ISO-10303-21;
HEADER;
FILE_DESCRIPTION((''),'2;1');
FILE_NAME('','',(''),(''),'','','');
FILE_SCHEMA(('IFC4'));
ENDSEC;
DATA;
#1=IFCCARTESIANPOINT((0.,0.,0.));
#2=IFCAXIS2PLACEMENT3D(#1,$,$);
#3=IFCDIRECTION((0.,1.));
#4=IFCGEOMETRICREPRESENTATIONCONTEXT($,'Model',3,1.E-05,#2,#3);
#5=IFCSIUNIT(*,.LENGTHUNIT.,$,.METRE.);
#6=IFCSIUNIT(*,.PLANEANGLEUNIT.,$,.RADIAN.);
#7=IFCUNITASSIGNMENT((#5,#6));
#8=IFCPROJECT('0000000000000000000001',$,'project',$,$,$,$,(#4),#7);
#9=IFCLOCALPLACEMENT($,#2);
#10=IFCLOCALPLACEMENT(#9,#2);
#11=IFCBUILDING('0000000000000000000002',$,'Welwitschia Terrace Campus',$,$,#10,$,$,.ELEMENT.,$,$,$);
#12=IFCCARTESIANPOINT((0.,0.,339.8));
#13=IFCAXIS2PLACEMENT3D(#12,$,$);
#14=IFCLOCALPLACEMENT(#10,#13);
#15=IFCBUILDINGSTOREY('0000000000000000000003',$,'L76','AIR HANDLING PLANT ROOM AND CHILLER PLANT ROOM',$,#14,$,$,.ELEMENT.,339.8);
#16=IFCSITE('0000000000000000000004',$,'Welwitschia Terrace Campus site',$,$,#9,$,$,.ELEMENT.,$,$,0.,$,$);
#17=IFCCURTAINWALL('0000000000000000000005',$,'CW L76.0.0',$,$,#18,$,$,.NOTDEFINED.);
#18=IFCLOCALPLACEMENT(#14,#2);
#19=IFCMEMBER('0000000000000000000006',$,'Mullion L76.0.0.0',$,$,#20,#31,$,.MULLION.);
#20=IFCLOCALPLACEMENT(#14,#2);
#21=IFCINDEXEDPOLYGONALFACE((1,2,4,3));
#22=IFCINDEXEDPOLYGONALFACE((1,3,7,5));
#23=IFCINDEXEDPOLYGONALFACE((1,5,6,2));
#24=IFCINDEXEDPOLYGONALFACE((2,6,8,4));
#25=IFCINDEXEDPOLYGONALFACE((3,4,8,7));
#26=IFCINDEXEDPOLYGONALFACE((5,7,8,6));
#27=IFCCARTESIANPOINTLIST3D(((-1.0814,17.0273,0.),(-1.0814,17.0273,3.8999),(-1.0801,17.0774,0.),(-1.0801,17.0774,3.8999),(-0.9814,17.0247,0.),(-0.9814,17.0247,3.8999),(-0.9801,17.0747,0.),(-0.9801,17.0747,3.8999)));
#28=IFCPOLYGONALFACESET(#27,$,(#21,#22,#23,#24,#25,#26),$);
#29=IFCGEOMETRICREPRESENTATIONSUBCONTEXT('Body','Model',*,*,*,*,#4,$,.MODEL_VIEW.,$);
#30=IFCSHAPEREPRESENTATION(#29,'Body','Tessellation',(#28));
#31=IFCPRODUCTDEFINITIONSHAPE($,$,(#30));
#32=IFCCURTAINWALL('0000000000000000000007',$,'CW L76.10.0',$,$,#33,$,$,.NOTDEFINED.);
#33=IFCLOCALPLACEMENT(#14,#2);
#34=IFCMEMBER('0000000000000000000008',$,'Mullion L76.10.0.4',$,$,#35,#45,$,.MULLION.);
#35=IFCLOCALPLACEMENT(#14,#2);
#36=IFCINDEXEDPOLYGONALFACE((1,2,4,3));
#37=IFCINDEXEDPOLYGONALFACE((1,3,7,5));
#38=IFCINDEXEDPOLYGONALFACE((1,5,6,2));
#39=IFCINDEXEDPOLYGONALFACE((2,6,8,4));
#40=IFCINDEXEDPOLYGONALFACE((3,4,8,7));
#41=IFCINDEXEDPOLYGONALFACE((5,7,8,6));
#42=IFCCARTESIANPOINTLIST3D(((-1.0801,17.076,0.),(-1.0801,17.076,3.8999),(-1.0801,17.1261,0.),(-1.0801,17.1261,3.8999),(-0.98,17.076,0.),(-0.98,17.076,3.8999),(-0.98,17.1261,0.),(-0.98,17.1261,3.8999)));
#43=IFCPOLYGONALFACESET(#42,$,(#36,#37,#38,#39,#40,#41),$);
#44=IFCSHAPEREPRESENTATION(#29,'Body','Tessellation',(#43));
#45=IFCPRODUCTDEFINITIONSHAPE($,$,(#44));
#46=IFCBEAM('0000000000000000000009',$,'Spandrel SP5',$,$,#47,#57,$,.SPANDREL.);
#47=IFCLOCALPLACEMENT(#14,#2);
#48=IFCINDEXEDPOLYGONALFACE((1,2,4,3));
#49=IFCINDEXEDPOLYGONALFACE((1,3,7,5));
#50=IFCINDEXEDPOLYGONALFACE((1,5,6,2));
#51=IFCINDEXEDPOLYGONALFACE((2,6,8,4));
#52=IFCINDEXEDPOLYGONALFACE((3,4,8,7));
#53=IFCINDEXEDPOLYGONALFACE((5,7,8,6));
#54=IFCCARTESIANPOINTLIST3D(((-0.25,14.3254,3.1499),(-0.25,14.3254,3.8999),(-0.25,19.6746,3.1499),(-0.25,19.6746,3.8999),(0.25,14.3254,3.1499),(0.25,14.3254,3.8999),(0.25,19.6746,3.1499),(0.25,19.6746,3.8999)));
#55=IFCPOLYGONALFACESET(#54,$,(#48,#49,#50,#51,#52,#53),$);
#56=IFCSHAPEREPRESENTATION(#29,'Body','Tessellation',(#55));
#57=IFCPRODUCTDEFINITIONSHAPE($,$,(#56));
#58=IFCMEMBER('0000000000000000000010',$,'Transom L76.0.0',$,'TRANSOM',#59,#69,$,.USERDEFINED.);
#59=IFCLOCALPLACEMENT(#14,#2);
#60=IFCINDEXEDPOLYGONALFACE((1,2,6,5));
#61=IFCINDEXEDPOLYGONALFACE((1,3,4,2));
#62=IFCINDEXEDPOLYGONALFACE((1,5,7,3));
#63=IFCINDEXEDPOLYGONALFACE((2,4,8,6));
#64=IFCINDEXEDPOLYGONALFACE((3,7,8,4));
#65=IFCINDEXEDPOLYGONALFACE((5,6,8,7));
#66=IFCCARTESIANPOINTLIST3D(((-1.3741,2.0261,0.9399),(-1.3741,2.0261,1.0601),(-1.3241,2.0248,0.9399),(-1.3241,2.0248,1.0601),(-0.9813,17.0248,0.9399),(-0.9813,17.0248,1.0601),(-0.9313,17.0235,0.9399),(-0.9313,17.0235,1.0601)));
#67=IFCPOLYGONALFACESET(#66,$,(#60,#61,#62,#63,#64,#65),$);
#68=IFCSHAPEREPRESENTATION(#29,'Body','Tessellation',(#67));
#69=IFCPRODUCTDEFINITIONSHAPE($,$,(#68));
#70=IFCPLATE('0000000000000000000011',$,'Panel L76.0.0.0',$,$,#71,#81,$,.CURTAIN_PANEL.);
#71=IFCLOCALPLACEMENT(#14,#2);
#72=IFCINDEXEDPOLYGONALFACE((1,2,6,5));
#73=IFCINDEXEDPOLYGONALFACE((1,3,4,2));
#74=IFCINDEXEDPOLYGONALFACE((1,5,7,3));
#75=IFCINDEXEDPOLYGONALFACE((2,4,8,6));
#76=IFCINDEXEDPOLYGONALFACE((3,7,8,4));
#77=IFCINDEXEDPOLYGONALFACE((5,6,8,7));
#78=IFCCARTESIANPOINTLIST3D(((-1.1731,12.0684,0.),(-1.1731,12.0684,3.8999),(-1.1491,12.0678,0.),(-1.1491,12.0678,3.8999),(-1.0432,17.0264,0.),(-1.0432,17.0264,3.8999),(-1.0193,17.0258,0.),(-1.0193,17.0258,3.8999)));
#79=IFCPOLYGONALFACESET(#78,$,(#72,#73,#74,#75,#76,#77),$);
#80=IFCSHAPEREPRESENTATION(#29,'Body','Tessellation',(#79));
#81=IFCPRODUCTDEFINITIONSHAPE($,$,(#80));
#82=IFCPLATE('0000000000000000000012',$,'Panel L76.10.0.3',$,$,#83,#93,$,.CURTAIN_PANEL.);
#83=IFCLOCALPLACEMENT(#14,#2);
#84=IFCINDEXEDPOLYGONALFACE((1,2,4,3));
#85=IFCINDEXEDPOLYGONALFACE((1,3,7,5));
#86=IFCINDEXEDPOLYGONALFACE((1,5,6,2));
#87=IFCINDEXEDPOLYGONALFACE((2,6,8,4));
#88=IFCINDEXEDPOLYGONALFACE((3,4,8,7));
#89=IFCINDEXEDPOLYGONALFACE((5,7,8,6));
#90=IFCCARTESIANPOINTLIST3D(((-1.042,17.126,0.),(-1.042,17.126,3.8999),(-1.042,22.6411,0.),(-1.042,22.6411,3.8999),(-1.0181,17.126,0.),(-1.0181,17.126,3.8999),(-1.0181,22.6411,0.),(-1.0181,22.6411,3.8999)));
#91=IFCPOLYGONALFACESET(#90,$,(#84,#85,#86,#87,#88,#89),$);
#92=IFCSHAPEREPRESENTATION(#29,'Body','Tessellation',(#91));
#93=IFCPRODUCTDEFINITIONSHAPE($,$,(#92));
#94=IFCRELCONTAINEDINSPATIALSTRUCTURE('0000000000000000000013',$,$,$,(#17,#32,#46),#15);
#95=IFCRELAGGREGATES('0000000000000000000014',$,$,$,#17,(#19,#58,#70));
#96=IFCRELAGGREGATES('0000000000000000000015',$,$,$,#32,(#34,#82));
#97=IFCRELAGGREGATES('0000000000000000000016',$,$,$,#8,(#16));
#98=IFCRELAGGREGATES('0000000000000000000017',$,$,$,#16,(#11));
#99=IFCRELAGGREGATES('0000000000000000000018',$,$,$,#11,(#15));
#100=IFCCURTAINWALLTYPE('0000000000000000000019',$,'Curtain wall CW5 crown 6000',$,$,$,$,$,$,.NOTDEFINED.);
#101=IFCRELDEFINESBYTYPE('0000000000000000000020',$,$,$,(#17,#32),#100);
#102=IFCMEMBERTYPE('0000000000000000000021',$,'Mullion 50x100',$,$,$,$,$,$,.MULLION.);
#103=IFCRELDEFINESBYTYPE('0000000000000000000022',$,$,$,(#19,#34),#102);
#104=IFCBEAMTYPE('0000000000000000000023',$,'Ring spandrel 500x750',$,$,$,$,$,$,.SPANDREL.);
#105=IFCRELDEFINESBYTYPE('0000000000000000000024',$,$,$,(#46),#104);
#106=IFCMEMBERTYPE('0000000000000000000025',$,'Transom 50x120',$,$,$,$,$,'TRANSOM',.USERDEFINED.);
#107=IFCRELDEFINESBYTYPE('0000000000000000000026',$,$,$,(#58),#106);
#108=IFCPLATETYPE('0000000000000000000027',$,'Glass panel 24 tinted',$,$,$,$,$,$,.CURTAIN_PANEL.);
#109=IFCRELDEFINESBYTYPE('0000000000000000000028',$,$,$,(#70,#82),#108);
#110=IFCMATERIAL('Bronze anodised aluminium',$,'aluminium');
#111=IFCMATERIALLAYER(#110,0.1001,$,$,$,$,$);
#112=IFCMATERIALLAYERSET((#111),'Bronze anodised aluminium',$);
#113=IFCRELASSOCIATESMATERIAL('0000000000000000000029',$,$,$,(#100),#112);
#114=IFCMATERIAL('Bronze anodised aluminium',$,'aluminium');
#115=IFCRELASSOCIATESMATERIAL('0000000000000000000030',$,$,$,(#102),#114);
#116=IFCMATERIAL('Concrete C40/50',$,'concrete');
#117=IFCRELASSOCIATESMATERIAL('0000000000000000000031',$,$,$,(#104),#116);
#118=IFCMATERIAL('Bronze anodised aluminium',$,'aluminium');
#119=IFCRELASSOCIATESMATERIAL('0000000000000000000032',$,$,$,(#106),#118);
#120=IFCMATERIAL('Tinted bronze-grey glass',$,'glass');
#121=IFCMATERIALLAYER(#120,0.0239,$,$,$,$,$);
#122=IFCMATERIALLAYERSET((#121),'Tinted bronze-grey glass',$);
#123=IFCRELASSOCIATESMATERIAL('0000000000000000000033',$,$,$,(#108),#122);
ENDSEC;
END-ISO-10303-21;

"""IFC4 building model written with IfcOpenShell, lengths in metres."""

from ifc_helpers import new_model, si_unit, direction, frame, origin, origin_2d, place, context, subcontext, project, spatial, rectangle, extrude, material, layer, layer_set, material_profile, profile_set, type_object, element, aggregate, save


model = new_model("IFC4")

# Units and contexts
model_context = context("Model", 3, precision=1e-05, world=origin(), true_north=direction((0.0, 1.0)))
body_context = subcontext(model_context, "Body", "Model", "MODEL_VIEW")
ifc_project = project(units=[si_unit("LENGTHUNIT", "METRE"), si_unit("PLANEANGLEUNIT", "RADIAN")], contexts=[model_context])

# Site, building, storey
site_placement = place(None, origin())
site = spatial("IfcSite", under=ifc_project, at=site_placement, Name="Welwitschia Terrace Campus site", CompositionType="ELEMENT", RefElevation=0.0)
building_placement = place(site_placement, origin())
building = spatial("IfcBuilding", under=site, at=building_placement, Name="Welwitschia Terrace Campus", CompositionType="ELEMENT")
storey_placement = place(building_placement, frame((0.0, 0.0, 339.8)))
storey = spatial("IfcBuildingStorey", under=building, at=storey_placement, Name="L76", Description="AIR HANDLING PLANT ROOM AND CHILLER PLANT ROOM", CompositionType="ELEMENT", Elevation=339.8)

# Curtain walls, members
ifc_material_1 = material(Name="Bronze anodised aluminium", Category="aluminium")
ifc_layer_1 = layer(ifc_material_1, 0.1001)
ifc_layer_set_1 = layer_set([ifc_layer_1], Name="Bronze anodised aluminium")
curtain_wall_type = type_object("IfcCurtainWallType", Name="Curtain wall CW5 crown 6000", PredefinedType="NOTDEFINED", material=ifc_layer_set_1)
curtain_wall_1_placement = place(storey_placement, origin())
curtain_wall_1 = element("IfcCurtainWall", 1, at=curtain_wall_1_placement, inside=storey, type_object=curtain_wall_type, Name="CW L76.0.0", PredefinedType="NOTDEFINED")
ifc_material_2 = material(Name="Bronze anodised aluminium", Category="aluminium")
ifc_material_profile_1 = material_profile(ifc_material_2, rectangle(XDim=0.1001, YDim=0.05, at=origin_2d()))
ifc_profile_set_1 = profile_set([ifc_material_profile_1], Name="Bronze anodised aluminium")
member_type_1 = type_object("IfcMemberType", Name="Mullion 50x100", PredefinedType="MULLION", material=ifc_profile_set_1)
member_1_placement = place(storey_placement, frame((-1.0308, 17.051, 0.0), z_axis=(0.0, 0.0, 1.0), x_axis=(0.999657, -0.026177, 0.0)))
member_1 = element("IfcMember", 2, at=member_1_placement, type_object=member_type_1, Name="Mullion L76.0.0.0", PredefinedType="MULLION", context=body_context, shape_type="SweptSolid", body=[
    extrude(rectangle(XDim=0.1001, YDim=0.05, at=origin_2d()), origin(), (0.0, 0.0, 1.0), 3.8999),
])
curtain_wall_2_placement = place(storey_placement, origin())
curtain_wall_2 = element("IfcCurtainWall", 3, at=curtain_wall_2_placement, inside=storey, type_object=curtain_wall_type, Name="CW L76.10.0", PredefinedType="NOTDEFINED")
member_2_placement = place(storey_placement, frame((-1.03, 17.1011, 0.0), z_axis=(0.0, 0.0, 1.0), x_axis=(1.0, 0.0, 0.0)))
member_2 = element("IfcMember", 4, at=member_2_placement, type_object=member_type_1, Name="Mullion L76.10.0.4", PredefinedType="MULLION", context=body_context, shape_type="SweptSolid", body=[
    extrude(rectangle(XDim=0.1001, YDim=0.05, at=origin_2d()), origin(), (0.0, 0.0, 1.0), 3.8999),
])

# Beam
ifc_material_3 = material(Name="Concrete C40/50", Category="concrete")
ifc_material_profile_2 = material_profile(ifc_material_3, rectangle(XDim=0.5, YDim=0.75, at=origin_2d()))
ifc_profile_set_2 = profile_set([ifc_material_profile_2], Name="Concrete C40/50")
beam_type = type_object("IfcBeamType", Name="Ring spandrel 500x750", PredefinedType="SPANDREL", material=ifc_profile_set_2)
beam_placement = place(storey_placement, frame((0.0, 19.6746, 3.5249), z_axis=(0.0, -1.0, 0.0), x_axis=(1.0, 0.0, 0.0)))
element("IfcBeam", 5, at=beam_placement, inside=storey, type_object=beam_type, Name="Spandrel SP5", PredefinedType="SPANDREL", context=body_context, shape_type="SweptSolid", body=[
    extrude(rectangle(XDim=0.5, YDim=0.75, at=origin_2d()), origin(), (0.0, 0.0, 1.0), 5.3491),
])

# Member
ifc_material_4 = material(Name="Bronze anodised aluminium", Category="aluminium")
ifc_material_profile_3 = material_profile(ifc_material_4, rectangle(XDim=0.05, YDim=0.1201, at=origin_2d()))
ifc_profile_set_3 = profile_set([ifc_material_profile_3], Name="Bronze anodised aluminium")
member_type_2 = type_object("IfcMemberType", Name="Transom 50x120", ElementType="TRANSOM", PredefinedType="USERDEFINED", material=ifc_profile_set_3)
member_3_placement = place(storey_placement, frame((-0.9563, 17.0242, 1.0), z_axis=(-0.026181, -0.999657, 0.0), x_axis=(0.999657, -0.026181, 0.0)))
member_3 = element("IfcMember", 6, at=member_3_placement, type_object=member_type_2, Name="Transom L76.0.0", ObjectType="TRANSOM", PredefinedType="USERDEFINED", context=body_context, shape_type="SweptSolid", body=[
    extrude(rectangle(XDim=0.05, YDim=0.1201, at=origin_2d()), origin(), (0.0, 0.0, 1.0), 15.0039),
])

# Plates
ifc_material_5 = material(Name="Tinted bronze-grey glass", Category="glass")
ifc_layer_2 = layer(ifc_material_5, 0.0239)
ifc_layer_set_2 = layer_set([ifc_layer_2], Name="Tinted bronze-grey glass")
plate_type = type_object("IfcPlateType", Name="Glass panel 24 tinted", PredefinedType="CURTAIN_PANEL", material=ifc_layer_set_2)
plate_1_placement = place(storey_placement, frame((-1.0962, 14.5471, 0.0), z_axis=(0.0, 0.0, 1.0), x_axis=(-0.026177, -0.999657, 0.0)))
plate_1 = element("IfcPlate", 7, at=plate_1_placement, type_object=plate_type, Name="Panel L76.0.0.0", PredefinedType="CURTAIN_PANEL", context=body_context, shape_type="SweptSolid", body=[
    extrude(rectangle(XDim=4.9597, YDim=0.0239, at=origin_2d()), origin(), (0.0, 0.0, 1.0), 3.8999),
])
aggregate(curtain_wall_1, [member_1, member_3, plate_1])
plate_2_placement = place(storey_placement, frame((-1.03, 19.8835, 0.0), z_axis=(0.0, 0.0, 1.0), x_axis=(0.0, -1.0, 0.0)))
plate_2 = element("IfcPlate", 8, at=plate_2_placement, type_object=plate_type, Name="Panel L76.10.0.3", PredefinedType="CURTAIN_PANEL", context=body_context, shape_type="SweptSolid", body=[
    extrude(rectangle(XDim=5.5151, YDim=0.0239, at=origin_2d()), origin(), (0.0, 0.0, 1.0), 3.8999),
])
aggregate(curtain_wall_2, [member_2, plate_2])

save(model, "model.ifc")
